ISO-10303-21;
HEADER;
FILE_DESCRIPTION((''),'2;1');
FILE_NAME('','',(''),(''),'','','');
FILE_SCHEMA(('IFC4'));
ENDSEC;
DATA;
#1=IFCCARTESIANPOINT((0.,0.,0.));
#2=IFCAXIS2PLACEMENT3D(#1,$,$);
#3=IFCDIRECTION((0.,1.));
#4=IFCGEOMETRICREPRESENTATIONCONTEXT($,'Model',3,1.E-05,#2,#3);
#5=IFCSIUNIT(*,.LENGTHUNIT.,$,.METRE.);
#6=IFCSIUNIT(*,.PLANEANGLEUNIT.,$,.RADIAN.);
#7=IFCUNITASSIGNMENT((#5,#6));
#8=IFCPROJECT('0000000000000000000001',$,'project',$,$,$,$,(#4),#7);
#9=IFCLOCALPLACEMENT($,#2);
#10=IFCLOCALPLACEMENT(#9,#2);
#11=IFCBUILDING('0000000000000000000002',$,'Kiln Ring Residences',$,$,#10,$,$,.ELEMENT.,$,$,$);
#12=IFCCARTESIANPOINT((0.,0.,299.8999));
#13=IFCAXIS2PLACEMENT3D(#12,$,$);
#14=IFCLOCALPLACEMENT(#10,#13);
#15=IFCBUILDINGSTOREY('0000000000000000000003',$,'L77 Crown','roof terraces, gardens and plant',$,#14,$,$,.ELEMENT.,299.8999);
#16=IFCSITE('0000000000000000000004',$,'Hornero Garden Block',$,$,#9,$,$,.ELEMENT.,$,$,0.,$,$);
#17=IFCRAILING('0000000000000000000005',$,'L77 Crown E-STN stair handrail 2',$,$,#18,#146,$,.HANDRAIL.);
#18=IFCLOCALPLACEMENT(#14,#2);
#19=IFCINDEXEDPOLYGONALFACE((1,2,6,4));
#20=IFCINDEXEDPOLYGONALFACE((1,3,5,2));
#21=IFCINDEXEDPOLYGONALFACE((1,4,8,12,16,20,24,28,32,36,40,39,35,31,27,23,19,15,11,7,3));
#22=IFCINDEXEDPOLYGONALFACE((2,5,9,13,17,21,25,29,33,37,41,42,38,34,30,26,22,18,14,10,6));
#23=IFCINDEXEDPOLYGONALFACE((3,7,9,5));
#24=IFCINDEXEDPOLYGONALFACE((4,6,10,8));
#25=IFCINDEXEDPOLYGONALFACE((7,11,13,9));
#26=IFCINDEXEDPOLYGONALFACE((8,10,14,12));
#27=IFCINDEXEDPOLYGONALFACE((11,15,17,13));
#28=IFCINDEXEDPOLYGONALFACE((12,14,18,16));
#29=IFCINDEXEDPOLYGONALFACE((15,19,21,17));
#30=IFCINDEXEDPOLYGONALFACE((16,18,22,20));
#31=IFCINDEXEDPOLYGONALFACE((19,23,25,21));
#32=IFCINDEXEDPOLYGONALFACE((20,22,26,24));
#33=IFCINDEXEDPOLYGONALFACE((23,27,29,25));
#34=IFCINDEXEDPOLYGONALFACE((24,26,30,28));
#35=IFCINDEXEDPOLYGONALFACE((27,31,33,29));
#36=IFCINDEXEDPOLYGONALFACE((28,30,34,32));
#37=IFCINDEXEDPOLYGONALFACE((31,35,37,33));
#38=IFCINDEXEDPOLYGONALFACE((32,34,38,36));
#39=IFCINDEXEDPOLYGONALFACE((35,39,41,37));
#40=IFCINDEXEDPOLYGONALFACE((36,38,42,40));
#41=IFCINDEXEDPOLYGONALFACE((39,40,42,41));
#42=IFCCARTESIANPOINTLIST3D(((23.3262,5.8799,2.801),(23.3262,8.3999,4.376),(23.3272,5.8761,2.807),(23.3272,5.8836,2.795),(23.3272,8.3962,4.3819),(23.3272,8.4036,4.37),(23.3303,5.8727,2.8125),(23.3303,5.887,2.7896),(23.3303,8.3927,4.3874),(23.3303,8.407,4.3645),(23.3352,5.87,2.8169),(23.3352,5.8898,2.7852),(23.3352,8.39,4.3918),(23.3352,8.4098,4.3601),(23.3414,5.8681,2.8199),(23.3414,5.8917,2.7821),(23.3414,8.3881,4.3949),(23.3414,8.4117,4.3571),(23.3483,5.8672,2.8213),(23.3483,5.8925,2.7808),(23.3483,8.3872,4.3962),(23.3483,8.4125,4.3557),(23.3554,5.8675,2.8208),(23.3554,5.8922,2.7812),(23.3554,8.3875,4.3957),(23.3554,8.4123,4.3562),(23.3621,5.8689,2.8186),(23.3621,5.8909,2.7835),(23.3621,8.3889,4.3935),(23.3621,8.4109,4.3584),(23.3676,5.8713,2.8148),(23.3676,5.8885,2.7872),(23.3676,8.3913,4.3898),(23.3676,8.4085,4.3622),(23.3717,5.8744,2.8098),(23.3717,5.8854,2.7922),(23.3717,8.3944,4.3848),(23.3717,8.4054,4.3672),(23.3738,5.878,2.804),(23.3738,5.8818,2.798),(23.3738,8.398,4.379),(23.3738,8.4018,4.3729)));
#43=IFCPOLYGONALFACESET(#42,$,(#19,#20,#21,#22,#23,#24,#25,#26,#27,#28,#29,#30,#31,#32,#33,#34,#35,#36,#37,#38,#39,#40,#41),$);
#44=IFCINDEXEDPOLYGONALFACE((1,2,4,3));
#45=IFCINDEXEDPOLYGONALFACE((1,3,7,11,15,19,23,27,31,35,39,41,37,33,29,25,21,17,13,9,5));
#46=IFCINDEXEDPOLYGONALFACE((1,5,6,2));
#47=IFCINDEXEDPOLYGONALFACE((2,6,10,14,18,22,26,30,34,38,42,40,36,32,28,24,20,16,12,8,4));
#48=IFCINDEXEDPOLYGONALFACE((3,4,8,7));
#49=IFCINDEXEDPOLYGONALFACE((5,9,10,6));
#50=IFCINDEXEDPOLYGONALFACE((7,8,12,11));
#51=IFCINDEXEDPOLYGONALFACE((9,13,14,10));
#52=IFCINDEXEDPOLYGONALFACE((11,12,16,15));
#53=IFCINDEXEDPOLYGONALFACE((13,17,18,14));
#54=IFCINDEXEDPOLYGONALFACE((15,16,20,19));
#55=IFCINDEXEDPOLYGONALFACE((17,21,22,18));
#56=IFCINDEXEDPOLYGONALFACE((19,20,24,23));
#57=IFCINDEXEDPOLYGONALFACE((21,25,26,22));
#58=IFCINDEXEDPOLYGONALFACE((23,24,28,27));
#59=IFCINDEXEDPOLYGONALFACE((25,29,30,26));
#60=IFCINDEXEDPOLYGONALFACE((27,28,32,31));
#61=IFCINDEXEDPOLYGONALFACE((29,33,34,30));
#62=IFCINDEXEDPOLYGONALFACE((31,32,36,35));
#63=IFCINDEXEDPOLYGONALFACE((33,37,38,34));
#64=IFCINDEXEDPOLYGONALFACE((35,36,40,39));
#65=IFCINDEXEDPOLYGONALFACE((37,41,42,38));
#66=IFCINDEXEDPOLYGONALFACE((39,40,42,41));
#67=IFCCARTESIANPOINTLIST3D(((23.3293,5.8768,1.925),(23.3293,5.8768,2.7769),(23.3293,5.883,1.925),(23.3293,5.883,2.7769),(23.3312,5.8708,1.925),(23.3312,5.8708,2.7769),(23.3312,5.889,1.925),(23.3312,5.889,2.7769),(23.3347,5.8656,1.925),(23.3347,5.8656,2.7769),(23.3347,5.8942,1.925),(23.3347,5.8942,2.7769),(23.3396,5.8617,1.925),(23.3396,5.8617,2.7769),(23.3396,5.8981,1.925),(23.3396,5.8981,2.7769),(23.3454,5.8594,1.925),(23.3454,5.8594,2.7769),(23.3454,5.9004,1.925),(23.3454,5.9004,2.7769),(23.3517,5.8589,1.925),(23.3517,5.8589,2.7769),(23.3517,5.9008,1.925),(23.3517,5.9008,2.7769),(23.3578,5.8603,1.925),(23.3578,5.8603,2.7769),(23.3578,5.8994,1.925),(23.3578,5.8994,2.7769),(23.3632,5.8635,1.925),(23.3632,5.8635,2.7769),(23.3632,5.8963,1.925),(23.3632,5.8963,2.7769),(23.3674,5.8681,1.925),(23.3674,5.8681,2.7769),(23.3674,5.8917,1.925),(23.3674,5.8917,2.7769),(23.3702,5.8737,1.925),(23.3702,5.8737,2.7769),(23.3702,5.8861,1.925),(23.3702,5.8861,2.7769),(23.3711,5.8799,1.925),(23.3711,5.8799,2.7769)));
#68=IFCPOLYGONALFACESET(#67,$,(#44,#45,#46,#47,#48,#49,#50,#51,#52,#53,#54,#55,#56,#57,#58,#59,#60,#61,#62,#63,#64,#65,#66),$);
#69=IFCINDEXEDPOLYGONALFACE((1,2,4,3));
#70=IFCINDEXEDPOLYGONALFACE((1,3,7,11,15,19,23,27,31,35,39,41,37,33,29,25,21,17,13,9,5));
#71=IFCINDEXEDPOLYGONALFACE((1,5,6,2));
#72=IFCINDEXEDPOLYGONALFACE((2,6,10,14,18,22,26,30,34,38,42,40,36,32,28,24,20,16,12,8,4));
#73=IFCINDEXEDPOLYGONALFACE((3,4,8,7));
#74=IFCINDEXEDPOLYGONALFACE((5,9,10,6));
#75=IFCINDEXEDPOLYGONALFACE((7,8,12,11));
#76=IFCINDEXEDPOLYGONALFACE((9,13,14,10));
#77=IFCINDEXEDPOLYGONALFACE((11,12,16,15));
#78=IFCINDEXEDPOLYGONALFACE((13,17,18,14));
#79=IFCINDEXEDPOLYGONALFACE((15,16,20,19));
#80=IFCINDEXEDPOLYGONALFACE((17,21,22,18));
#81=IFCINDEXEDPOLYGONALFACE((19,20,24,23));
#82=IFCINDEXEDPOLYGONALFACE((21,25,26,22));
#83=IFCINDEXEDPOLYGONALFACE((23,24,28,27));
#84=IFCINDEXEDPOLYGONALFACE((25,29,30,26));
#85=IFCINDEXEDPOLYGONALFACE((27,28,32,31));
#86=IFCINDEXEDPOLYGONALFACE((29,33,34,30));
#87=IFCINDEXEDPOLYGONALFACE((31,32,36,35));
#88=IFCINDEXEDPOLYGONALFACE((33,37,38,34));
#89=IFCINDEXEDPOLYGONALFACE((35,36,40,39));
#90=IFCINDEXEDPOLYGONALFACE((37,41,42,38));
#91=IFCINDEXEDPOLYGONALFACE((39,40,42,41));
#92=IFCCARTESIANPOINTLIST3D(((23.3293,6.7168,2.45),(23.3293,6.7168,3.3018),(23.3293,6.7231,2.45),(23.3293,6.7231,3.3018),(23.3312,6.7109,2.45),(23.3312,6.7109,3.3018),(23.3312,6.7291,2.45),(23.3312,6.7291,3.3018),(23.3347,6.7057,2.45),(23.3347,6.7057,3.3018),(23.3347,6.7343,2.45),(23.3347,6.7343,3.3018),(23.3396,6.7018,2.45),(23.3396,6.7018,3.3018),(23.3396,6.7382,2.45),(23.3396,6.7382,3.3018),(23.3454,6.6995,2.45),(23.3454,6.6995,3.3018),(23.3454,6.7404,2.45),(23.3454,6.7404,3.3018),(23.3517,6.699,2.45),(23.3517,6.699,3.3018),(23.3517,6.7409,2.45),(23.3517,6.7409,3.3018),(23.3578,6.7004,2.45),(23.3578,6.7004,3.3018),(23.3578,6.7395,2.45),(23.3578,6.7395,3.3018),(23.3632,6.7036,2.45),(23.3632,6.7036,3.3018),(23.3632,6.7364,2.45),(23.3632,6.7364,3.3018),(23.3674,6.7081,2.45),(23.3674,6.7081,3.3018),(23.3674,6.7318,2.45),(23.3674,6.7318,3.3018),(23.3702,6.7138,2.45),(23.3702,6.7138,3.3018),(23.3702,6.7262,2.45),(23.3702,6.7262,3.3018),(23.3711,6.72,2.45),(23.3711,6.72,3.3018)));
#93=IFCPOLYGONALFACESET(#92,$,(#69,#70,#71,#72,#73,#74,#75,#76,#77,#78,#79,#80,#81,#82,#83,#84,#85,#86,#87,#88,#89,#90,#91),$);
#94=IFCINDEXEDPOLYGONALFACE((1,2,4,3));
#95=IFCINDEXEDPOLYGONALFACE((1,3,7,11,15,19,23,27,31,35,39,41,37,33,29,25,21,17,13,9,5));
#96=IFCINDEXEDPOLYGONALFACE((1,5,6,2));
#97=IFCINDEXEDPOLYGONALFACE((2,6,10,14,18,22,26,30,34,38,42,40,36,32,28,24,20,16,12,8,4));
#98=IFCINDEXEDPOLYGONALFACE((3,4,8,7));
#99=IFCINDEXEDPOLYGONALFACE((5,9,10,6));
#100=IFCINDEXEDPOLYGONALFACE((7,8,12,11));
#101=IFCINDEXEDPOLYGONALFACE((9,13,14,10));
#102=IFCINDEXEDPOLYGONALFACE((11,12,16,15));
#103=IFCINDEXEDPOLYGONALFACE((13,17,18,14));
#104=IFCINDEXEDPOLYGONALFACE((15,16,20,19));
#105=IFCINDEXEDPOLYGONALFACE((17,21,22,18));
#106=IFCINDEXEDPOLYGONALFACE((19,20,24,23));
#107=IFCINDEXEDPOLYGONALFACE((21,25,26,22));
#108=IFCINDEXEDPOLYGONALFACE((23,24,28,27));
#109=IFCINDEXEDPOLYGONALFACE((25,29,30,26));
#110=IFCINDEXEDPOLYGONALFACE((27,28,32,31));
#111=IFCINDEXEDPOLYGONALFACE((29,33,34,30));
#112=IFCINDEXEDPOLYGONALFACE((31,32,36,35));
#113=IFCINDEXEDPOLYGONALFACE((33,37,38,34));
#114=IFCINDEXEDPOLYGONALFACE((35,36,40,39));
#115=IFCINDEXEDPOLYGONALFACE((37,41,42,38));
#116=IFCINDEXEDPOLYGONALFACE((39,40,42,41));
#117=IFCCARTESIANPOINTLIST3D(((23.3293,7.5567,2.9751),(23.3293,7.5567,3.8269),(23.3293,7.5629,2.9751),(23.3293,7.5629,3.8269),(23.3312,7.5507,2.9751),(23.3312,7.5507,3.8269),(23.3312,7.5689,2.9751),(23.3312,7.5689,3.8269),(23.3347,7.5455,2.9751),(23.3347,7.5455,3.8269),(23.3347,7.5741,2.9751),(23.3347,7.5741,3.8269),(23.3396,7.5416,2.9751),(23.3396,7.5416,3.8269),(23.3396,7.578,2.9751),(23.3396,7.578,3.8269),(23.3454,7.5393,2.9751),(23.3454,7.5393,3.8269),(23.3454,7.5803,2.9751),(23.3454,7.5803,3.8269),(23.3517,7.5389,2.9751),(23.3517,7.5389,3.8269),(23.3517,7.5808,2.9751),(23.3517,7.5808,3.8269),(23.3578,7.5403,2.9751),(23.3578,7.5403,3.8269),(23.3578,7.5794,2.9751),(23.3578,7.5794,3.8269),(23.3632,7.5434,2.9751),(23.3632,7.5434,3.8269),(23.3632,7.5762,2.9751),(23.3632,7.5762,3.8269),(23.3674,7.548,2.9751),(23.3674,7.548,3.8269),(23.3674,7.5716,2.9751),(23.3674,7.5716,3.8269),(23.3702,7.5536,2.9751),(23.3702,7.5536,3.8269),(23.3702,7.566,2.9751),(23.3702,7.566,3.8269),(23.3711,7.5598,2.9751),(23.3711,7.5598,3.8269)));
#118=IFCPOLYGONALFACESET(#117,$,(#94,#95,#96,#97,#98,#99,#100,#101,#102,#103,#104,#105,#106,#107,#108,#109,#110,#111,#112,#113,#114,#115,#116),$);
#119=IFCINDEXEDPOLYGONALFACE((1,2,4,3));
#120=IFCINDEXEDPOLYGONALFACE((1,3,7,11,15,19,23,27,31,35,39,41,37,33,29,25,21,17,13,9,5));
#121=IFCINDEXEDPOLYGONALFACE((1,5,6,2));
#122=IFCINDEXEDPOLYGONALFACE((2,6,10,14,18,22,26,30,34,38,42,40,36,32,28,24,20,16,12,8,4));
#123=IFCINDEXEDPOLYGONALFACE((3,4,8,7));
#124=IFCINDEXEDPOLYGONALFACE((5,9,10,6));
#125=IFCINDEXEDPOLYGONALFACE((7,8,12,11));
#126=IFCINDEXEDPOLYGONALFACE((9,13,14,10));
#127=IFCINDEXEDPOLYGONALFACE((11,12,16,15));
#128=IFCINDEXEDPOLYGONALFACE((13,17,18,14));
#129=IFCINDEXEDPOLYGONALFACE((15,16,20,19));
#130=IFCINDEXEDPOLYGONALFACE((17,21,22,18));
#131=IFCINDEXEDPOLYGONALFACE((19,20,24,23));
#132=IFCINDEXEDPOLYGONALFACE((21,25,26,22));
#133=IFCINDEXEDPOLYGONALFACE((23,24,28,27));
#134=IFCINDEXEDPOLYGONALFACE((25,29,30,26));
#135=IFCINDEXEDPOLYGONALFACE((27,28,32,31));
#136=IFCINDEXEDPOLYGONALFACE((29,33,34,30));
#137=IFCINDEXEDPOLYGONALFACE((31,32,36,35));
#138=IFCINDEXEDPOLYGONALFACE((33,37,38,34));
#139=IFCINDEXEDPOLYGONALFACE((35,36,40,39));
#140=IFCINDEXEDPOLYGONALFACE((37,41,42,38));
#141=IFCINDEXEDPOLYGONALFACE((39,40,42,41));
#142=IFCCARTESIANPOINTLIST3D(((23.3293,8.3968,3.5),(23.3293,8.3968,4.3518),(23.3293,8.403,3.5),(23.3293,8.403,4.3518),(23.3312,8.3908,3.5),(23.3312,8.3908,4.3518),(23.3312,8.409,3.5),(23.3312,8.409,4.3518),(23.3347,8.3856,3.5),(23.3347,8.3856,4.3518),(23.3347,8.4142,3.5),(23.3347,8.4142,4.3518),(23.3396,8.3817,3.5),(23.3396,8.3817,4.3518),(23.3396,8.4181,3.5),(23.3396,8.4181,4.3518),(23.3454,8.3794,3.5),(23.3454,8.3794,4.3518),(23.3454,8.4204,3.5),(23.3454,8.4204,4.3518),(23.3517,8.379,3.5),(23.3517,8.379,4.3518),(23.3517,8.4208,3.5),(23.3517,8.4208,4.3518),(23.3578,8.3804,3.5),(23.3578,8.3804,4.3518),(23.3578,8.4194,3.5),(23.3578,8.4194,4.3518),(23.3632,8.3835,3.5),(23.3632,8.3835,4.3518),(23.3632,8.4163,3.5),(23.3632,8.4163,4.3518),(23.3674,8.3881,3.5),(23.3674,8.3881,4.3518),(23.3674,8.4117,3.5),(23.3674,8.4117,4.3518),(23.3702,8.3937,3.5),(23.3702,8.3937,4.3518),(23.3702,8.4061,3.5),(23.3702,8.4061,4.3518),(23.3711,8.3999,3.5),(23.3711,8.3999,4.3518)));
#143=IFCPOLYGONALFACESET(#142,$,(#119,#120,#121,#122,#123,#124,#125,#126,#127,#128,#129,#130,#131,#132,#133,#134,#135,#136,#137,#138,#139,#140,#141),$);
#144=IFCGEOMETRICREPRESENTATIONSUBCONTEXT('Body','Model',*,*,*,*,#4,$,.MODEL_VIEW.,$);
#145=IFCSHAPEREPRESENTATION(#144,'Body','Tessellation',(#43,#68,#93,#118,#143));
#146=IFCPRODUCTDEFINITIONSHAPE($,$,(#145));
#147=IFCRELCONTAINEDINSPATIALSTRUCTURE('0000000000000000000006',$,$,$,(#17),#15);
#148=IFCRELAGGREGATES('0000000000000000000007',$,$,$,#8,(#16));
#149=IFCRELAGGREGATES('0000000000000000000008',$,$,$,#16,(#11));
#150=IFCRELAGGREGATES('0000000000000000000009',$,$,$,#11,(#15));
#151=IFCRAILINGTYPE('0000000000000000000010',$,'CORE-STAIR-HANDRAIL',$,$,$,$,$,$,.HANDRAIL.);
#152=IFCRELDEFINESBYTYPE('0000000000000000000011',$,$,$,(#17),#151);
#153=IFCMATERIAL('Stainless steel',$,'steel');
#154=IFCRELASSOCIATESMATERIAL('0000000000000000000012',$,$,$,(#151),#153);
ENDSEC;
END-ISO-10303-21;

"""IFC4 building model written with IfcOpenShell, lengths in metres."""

from ifc_helpers import new_model, si_unit, direction, frame, origin, origin_2d, place, context, subcontext, project, spatial, circle, extrude, material, type_object, element, save


model = new_model("IFC4")

# Units and contexts
model_context = context("Model", 3, precision=1e-05, world=origin(), true_north=direction((0.0, 1.0)))
body_context = subcontext(model_context, "Body", "Model", "MODEL_VIEW")
ifc_project = project(units=[si_unit("LENGTHUNIT", "METRE"), si_unit("PLANEANGLEUNIT", "RADIAN")], contexts=[model_context])

# Site, building, storey
site_placement = place(None, origin())
site = spatial("IfcSite", under=ifc_project, at=site_placement, Name="Hornero Garden Block", CompositionType="ELEMENT", RefElevation=0.0)
building_placement = place(site_placement, origin())
building = spatial("IfcBuilding", under=site, at=building_placement, Name="Kiln Ring Residences", CompositionType="ELEMENT")
storey_placement = place(building_placement, frame((0.0, 0.0, 299.8999)))
storey = spatial("IfcBuildingStorey", under=building, at=storey_placement, Name="L77 Crown", Description="roof terraces, gardens and plant", CompositionType="ELEMENT", Elevation=299.8999)

# Railing
ifc_material_1 = material(Name="Stainless steel", Category="steel")
railing_type_1 = type_object("IfcRailingType", Name="CORE-STAIR-HANDRAIL", PredefinedType="HANDRAIL", material=ifc_material_1)
railing_1_placement = place(storey_placement, frame((23.3501, 5.8799, 1.925)))
element("IfcRailing", 1, at=railing_1_placement, inside=storey, type_object=railing_type_1, Name="L77 Crown E-STN stair handrail 2", PredefinedType="HANDRAIL", context=body_context, shape_type="SweptSolid", body=[
    extrude(circle(Radius=0.0239, at=origin_2d()), frame((0.0, 0.0, 0.876), z_axis=(0.0, 0.848008, 0.529984), x_axis=(-1.0, 0.0, 0.0)), (0.0, 0.0, 1.0), 2.9717),
    extrude(circle(Radius=0.021, at=origin_2d()), origin(), (0.0, 0.0, 1.0), 0.8518),
    extrude(circle(Radius=0.021, at=origin_2d()), frame((0.0, 0.8401, 0.5249)), (0.0, 0.0, 1.0), 0.8518),
    extrude(circle(Radius=0.021, at=origin_2d()), frame((0.0, 1.6799, 1.05)), (0.0, 0.0, 1.0), 0.8518),
    extrude(circle(Radius=0.021, at=origin_2d()), frame((0.0, 2.52, 1.575)), (0.0, 0.0, 1.0), 0.8518),
])

save(model, "model.ifc")
